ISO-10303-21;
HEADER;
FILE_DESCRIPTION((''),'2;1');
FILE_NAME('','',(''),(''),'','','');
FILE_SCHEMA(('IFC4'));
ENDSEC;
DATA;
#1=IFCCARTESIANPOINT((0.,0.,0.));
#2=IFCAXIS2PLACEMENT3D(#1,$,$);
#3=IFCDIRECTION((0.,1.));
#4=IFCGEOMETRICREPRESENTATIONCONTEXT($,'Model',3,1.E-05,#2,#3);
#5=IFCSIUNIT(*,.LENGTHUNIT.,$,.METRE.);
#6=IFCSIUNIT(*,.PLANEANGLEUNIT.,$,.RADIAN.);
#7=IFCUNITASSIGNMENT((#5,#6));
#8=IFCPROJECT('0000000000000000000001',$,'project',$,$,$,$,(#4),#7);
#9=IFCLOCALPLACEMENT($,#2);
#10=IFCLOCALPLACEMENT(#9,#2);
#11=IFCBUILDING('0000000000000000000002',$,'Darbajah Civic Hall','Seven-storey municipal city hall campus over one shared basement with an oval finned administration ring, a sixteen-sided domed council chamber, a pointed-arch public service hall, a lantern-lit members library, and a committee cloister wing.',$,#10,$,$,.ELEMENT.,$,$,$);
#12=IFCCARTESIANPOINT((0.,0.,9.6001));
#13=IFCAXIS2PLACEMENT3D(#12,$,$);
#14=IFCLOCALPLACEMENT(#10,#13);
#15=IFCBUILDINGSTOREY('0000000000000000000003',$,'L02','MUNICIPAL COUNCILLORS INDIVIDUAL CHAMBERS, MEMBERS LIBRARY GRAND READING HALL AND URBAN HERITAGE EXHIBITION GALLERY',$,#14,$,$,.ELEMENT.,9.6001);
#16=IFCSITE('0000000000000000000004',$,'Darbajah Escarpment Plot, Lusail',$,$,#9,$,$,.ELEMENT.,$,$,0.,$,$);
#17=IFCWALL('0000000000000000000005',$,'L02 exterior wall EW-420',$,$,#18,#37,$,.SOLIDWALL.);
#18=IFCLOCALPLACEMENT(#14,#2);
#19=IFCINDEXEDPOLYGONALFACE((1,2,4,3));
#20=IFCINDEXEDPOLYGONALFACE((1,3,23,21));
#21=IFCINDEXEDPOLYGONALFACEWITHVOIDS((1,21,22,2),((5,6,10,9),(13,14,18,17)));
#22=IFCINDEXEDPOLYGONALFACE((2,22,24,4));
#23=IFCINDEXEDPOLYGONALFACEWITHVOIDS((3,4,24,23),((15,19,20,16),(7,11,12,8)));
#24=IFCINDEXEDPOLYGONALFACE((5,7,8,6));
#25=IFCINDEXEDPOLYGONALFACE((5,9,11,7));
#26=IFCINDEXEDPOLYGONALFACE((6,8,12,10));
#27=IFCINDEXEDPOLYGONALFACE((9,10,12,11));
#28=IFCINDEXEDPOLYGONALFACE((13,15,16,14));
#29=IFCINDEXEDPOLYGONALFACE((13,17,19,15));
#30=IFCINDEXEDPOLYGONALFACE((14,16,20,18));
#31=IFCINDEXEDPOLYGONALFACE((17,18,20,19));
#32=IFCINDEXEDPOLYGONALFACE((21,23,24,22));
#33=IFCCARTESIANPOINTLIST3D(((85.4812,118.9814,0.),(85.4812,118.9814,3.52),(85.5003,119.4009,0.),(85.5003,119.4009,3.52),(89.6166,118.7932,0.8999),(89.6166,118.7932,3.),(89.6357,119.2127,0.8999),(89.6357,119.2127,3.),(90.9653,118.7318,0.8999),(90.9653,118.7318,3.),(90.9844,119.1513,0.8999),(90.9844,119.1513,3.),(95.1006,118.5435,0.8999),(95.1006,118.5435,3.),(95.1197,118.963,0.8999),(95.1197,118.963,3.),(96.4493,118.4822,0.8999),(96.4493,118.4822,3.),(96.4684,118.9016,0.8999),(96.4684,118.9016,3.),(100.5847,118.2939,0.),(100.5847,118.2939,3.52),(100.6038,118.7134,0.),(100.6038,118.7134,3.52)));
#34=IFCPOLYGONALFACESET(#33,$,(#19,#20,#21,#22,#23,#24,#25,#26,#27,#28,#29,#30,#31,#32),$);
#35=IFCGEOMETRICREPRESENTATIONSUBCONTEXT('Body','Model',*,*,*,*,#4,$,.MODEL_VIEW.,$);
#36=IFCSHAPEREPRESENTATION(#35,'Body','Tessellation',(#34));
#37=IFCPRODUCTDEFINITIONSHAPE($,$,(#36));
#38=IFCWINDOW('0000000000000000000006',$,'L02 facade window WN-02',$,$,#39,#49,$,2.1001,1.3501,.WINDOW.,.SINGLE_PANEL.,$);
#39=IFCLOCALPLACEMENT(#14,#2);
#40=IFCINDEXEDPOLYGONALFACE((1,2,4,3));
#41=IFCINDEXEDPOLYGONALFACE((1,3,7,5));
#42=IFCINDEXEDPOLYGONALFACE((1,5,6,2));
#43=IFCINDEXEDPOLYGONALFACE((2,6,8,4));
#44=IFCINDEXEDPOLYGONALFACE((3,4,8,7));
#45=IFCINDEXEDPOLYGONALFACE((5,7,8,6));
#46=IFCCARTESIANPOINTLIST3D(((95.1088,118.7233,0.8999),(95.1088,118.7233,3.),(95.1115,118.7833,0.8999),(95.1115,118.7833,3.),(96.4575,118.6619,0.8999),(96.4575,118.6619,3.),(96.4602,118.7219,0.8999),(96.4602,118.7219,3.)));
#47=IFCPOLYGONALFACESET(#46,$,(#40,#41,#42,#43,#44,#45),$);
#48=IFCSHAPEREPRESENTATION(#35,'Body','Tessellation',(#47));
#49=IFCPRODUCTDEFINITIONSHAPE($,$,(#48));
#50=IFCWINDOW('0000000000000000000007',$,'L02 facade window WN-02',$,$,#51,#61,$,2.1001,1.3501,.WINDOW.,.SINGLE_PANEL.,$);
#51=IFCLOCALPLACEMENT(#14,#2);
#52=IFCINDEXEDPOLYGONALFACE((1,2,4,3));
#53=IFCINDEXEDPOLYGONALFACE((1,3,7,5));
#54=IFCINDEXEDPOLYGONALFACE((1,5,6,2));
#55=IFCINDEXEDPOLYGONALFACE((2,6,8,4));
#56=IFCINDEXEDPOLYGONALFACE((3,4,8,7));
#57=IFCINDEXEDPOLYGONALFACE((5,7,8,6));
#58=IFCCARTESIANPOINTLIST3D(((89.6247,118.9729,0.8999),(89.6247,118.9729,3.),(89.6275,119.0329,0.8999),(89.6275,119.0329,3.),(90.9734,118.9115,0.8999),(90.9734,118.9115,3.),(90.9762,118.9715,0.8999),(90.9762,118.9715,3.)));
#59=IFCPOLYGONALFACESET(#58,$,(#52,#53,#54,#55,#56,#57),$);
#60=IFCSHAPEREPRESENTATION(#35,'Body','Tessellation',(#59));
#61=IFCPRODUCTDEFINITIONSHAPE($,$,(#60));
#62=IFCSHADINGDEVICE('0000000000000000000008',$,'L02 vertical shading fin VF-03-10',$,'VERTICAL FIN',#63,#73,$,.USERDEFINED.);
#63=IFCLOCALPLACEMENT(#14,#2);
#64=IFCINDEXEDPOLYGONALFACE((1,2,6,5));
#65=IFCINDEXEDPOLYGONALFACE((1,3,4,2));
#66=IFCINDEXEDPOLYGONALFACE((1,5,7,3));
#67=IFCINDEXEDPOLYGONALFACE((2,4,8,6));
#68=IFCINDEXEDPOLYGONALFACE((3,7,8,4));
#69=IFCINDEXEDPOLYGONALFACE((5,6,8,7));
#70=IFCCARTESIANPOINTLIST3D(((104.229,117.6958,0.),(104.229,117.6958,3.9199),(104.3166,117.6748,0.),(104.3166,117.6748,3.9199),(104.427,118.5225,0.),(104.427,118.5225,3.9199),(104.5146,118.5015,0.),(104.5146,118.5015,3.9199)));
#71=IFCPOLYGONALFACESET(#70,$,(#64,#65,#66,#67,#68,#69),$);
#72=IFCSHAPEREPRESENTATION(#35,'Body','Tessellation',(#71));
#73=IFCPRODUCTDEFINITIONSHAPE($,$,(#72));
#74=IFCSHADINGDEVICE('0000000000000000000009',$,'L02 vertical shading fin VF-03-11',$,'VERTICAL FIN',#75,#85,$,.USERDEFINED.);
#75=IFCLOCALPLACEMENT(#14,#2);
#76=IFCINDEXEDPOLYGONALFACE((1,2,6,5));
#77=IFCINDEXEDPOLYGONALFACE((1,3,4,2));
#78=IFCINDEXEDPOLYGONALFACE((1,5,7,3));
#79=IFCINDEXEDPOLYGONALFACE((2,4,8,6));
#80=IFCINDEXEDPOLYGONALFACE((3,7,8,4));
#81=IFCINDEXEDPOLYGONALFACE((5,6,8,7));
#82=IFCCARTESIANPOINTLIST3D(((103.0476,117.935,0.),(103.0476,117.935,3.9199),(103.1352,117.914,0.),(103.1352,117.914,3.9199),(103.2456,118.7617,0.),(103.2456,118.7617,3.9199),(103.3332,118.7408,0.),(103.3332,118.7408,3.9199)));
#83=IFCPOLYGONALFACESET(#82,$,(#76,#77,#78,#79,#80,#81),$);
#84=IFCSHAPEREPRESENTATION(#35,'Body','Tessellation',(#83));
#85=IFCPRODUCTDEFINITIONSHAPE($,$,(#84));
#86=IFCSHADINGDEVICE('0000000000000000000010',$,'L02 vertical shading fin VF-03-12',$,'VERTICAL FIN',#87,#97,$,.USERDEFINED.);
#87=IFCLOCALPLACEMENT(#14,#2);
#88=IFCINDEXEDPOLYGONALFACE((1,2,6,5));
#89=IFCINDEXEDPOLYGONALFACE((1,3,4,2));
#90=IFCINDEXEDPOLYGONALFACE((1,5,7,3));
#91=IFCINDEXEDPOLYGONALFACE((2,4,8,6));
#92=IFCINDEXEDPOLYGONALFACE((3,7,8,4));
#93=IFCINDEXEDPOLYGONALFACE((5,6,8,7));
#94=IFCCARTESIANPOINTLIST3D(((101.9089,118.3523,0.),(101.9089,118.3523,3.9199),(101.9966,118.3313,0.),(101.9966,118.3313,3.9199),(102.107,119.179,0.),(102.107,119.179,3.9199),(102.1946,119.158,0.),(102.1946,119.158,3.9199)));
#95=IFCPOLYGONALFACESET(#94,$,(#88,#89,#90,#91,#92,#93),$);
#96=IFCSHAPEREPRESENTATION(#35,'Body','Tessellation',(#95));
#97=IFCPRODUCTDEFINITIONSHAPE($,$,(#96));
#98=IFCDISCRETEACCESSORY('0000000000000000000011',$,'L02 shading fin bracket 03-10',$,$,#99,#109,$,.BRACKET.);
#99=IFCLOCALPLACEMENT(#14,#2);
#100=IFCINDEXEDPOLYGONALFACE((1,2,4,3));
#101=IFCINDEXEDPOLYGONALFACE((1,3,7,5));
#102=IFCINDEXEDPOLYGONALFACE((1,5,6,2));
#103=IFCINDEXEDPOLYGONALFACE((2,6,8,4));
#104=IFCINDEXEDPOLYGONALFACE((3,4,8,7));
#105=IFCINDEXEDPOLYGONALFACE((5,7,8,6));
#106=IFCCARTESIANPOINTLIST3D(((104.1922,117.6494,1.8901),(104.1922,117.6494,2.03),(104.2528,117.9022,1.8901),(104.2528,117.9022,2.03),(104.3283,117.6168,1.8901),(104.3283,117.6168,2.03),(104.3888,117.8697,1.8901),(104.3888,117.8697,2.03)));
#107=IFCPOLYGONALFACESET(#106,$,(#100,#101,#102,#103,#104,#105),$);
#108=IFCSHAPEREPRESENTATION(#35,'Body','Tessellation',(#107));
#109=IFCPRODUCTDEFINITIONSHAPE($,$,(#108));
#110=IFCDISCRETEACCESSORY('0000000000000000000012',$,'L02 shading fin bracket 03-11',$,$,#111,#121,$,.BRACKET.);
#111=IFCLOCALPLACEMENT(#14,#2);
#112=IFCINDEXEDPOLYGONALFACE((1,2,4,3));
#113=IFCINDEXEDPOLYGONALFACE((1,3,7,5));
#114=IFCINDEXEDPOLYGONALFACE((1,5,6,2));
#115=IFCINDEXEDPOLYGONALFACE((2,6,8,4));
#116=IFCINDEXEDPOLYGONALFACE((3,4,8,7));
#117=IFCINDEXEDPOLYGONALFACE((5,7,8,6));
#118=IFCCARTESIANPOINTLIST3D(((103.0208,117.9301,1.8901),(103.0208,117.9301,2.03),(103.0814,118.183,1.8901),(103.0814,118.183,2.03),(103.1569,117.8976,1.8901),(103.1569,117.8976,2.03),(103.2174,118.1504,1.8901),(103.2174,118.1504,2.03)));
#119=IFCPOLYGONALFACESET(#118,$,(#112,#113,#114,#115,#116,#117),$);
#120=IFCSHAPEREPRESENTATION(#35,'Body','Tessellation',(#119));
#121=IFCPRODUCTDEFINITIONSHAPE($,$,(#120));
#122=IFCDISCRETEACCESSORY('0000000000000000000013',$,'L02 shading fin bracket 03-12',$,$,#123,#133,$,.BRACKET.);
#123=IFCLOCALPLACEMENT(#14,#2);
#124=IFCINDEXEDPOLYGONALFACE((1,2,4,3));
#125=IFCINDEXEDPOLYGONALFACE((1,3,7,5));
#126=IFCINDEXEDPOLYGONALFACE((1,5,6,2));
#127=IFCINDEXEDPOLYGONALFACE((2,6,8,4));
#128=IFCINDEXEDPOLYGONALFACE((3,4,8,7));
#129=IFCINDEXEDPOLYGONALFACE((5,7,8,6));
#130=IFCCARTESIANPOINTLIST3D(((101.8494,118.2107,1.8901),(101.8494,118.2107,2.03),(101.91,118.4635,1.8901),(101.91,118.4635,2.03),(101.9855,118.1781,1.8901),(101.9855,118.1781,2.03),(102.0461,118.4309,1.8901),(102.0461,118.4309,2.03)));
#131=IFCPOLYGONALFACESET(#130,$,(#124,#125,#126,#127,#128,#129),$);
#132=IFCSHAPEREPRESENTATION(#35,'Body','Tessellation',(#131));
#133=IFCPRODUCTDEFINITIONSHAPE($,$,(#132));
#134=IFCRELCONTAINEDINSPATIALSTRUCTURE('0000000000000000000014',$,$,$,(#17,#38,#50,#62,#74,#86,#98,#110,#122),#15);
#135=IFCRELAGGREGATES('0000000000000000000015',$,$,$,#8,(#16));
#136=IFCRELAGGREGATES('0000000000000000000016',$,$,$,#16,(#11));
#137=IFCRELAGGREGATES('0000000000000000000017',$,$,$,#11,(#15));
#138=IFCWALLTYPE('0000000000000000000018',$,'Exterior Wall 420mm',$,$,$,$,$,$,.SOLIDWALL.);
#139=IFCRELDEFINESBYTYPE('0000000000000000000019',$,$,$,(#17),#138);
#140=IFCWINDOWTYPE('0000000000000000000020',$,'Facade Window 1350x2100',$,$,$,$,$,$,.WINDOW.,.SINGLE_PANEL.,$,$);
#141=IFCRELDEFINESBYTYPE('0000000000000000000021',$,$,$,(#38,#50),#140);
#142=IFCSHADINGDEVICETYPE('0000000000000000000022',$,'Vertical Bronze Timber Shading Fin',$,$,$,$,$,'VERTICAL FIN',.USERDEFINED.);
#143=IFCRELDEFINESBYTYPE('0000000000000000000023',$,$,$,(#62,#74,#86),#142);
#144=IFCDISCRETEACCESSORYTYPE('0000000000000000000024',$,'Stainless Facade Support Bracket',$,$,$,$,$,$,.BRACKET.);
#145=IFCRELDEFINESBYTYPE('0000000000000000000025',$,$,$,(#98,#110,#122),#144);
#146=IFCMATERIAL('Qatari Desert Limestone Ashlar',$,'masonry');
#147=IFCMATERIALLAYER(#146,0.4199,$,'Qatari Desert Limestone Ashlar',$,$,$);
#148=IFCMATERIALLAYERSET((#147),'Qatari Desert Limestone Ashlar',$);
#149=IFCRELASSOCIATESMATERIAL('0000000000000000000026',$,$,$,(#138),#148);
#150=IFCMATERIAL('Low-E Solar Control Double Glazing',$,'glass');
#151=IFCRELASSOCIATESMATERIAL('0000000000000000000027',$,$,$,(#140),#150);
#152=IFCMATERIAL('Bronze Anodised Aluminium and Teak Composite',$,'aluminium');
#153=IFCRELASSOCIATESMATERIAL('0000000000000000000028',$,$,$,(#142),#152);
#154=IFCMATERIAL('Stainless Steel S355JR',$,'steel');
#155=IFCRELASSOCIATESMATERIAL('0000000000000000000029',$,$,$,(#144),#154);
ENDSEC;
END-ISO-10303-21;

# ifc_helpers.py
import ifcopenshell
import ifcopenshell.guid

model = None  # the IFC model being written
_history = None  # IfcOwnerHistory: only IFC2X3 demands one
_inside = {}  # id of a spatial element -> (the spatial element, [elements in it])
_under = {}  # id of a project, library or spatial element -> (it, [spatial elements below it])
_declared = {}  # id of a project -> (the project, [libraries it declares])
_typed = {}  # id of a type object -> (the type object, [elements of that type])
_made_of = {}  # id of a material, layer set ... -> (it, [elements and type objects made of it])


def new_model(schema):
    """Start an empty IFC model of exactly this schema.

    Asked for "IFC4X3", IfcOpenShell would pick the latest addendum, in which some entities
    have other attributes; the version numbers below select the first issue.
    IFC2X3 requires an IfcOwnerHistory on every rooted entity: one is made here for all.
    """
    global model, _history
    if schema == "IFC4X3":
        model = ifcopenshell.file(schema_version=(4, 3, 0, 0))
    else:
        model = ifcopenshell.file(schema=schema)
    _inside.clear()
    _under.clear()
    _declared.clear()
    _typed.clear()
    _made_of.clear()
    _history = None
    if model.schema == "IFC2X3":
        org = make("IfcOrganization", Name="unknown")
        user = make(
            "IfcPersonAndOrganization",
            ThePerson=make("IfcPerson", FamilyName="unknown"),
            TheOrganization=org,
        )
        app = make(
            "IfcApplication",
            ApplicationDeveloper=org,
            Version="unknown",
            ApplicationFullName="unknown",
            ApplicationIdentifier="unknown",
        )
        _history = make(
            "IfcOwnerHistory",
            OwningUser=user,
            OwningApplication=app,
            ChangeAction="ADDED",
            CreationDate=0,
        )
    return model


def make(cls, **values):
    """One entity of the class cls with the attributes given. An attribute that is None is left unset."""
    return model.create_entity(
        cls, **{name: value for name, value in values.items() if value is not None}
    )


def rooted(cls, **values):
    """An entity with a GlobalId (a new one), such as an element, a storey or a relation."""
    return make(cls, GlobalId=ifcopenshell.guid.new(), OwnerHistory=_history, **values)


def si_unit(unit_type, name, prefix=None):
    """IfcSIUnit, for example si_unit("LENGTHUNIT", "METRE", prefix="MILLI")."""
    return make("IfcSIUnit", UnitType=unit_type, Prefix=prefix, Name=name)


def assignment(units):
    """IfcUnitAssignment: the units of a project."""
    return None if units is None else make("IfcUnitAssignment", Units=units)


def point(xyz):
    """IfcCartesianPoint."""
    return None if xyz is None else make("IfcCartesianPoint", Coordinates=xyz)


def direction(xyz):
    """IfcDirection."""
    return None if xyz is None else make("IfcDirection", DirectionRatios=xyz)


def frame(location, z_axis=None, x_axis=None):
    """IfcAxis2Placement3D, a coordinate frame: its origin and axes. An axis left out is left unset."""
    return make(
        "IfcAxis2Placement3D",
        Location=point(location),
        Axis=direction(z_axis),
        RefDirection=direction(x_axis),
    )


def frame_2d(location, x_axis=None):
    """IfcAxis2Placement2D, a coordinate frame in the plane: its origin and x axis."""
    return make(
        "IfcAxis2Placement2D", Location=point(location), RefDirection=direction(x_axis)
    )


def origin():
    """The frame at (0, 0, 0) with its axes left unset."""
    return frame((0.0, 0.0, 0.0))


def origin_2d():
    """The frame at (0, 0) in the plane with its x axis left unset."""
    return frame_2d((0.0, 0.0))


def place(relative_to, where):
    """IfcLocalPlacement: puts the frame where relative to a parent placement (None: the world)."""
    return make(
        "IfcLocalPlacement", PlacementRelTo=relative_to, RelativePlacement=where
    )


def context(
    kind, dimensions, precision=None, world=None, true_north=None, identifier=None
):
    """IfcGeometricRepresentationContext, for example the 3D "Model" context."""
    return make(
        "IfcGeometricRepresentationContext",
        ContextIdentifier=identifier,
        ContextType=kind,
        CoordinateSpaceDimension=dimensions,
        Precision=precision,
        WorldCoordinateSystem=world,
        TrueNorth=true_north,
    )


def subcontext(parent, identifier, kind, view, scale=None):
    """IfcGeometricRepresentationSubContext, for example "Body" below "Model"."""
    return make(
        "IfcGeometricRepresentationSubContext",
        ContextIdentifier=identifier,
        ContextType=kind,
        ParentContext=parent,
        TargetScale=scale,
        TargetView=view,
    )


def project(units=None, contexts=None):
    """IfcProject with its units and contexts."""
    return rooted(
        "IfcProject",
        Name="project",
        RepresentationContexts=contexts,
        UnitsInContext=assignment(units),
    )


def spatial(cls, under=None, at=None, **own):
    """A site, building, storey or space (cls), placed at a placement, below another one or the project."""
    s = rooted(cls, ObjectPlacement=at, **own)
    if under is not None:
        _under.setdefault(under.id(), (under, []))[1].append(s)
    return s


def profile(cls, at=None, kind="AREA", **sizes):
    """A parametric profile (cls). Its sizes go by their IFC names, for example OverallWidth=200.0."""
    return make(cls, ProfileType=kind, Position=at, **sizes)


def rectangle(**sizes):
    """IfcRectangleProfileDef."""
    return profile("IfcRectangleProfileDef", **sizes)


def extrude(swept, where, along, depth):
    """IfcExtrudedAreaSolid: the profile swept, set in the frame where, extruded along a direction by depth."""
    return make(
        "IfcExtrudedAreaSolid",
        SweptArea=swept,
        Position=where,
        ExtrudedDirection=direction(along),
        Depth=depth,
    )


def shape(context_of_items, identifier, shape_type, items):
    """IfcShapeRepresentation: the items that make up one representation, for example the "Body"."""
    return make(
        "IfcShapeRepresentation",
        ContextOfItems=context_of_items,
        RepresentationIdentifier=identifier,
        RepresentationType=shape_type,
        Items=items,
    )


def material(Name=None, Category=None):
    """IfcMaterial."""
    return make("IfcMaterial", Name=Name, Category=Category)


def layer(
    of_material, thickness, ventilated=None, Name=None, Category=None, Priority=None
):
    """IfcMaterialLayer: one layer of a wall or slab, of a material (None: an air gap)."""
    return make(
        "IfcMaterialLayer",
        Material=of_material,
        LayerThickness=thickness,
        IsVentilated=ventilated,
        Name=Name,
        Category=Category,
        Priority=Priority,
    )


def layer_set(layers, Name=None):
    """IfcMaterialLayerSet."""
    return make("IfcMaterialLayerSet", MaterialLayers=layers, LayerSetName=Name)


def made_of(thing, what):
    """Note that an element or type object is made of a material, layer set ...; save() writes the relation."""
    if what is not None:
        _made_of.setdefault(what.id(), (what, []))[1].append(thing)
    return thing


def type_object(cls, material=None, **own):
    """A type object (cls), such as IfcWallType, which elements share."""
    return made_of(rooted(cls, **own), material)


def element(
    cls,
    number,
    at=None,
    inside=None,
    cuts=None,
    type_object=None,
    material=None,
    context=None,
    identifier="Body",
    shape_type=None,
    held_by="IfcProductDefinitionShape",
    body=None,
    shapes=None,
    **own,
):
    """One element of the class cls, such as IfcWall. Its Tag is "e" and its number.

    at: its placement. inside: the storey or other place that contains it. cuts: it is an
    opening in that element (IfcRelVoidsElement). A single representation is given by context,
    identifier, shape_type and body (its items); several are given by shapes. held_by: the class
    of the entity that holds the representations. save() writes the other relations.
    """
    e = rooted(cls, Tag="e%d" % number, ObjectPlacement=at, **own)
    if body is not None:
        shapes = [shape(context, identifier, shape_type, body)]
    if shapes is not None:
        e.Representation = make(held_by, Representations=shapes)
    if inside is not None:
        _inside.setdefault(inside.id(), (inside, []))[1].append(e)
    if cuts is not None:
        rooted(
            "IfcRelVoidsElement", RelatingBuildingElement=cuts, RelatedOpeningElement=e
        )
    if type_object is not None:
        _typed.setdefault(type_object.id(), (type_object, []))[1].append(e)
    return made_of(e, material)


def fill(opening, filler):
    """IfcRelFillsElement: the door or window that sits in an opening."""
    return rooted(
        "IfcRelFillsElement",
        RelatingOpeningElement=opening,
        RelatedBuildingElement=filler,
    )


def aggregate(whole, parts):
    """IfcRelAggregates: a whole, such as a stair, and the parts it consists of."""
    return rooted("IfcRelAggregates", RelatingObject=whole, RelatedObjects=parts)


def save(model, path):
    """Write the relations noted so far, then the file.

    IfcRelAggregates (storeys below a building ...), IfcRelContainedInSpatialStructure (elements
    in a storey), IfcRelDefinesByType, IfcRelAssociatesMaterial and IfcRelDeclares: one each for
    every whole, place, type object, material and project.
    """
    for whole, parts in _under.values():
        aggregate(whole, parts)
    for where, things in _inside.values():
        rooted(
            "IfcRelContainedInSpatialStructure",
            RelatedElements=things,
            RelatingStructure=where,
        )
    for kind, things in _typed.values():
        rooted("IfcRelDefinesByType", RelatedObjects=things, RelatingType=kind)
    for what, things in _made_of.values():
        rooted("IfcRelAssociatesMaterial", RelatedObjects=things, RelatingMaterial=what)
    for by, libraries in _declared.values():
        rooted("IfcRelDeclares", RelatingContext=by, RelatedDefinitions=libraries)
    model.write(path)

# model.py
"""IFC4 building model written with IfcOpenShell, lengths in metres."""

from ifc_helpers import new_model, si_unit, direction, frame, frame_2d, origin, origin_2d, place, context, subcontext, project, spatial, rectangle, extrude, material, layer, layer_set, type_object, element, fill, save


model = new_model("IFC4")

# Units and contexts
model_context = context("Model", 3, precision=1e-05, world=origin(), true_north=direction((0.0, 1.0)))
body_context = subcontext(model_context, "Body", "Model", "MODEL_VIEW")
ifc_project = project(units=[si_unit("LENGTHUNIT", "METRE"), si_unit("PLANEANGLEUNIT", "RADIAN")], contexts=[model_context])

# Site, building, storey
site_placement = place(None, origin())
site = spatial("IfcSite", under=ifc_project, at=site_placement, Name="Darbajah Escarpment Plot, Lusail", CompositionType="ELEMENT", RefElevation=0.0)
building_placement = place(site_placement, origin())
building = spatial("IfcBuilding", under=site, at=building_placement, Name="Darbajah Civic Hall", Description="Seven-storey municipal city hall campus over one shared basement with an oval finned administration ring, a sixteen-sided domed council chamber, a pointed-arch public service hall, a lantern-lit members library, and a committee cloister wing.", CompositionType="ELEMENT")
storey_placement = place(building_placement, frame((0.0, 0.0, 9.6001)))
storey = spatial("IfcBuildingStorey", under=building, at=storey_placement, Name="L02", Description="MUNICIPAL COUNCILLORS INDIVIDUAL CHAMBERS, MEMBERS LIBRARY GRAND READING HALL AND URBAN HERITAGE EXHIBITION GALLERY", CompositionType="ELEMENT", Elevation=9.6001)

# Shared definitions
ifc_material_1 = material(Name="Low-E Solar Control Double Glazing", Category="glass")

# Wall, openings, windows
ifc_material_2 = material(Name="Qatari Desert Limestone Ashlar", Category="masonry")
ifc_layer_1 = layer(ifc_material_2, 0.4199, Name="Qatari Desert Limestone Ashlar")
ifc_layer_set_1 = layer_set([ifc_layer_1], Name="Qatari Desert Limestone Ashlar")
wall_type = type_object("IfcWallType", Name="Exterior Wall 420mm", PredefinedType="SOLIDWALL", material=ifc_layer_set_1)
wall_placement = place(storey_placement, frame((100.5942, 118.5037, 0.0), z_axis=(0.0, 0.0, 1.0), x_axis=(-0.998966, 0.045472, 0.0)))
wall = element("IfcWall", 1, at=wall_placement, inside=storey, type_object=wall_type, Name="L02 exterior wall EW-420", PredefinedType="SOLIDWALL", context=body_context, shape_type="SweptSolid", body=[
    extrude(rectangle(XDim=15.1191, YDim=0.4199, at=frame_2d((7.5596, 0.0))), origin(), (0.0, 0.0, 1.0), 3.52),
])
opening_1_placement = place(wall_placement, frame((4.1396, 0.0, 0.8999)))
opening_1 = element("IfcOpeningElement", 2, at=opening_1_placement, cuts=wall, PredefinedType="OPENING", context=body_context, shape_type="SweptSolid", body=[
    extrude(rectangle(XDim=1.3501, YDim=2.1001, at=frame_2d((0.675, 1.05))), frame((0.0, 0.22, 0.0), z_axis=(0.0, -1.0, 0.0), x_axis=(1.0, 0.0, 0.0)), (0.0, 0.0, 1.0), 0.4399),
])
opening_2_placement = place(wall_placement, frame((9.6294, 0.0, 0.8999)))
opening_2 = element("IfcOpeningElement", 3, at=opening_2_placement, cuts=wall, PredefinedType="OPENING", context=body_context, shape_type="SweptSolid", body=[
    extrude(rectangle(XDim=1.3501, YDim=2.1001, at=frame_2d((0.675, 1.05))), frame((0.0, 0.22, 0.0), z_axis=(0.0, -1.0, 0.0), x_axis=(1.0, 0.0, 0.0)), (0.0, 0.0, 1.0), 0.4399),
])
window_type = type_object("IfcWindowType", Name="Facade Window 1350x2100", PartitioningType="SINGLE_PANEL", PredefinedType="WINDOW", material=ifc_material_1)
window_1_placement = place(opening_1_placement, origin())
window_1 = element("IfcWindow", 4, at=window_1_placement, inside=storey, type_object=window_type, Name="L02 facade window WN-02", OverallHeight=2.1001, OverallWidth=1.3501, PartitioningType="SINGLE_PANEL", PredefinedType="WINDOW", context=body_context, shape_type="SweptSolid", body=[
    extrude(rectangle(XDim=1.3501, YDim=2.1001, at=frame_2d((0.675, 1.05))), frame((0.0, 0.03, 0.0), z_axis=(0.0, -1.0, 0.0), x_axis=(1.0, 0.0, 0.0)), (0.0, 0.0, 1.0), 0.0601),
])
fill(opening_1, window_1)
window_2_placement = place(opening_2_placement, origin())
window_2 = element("IfcWindow", 5, at=window_2_placement, inside=storey, type_object=window_type, Name="L02 facade window WN-02", OverallHeight=2.1001, OverallWidth=1.3501, PartitioningType="SINGLE_PANEL", PredefinedType="WINDOW", context=body_context, shape_type="SweptSolid", body=[
    extrude(rectangle(XDim=1.3501, YDim=2.1001, at=frame_2d((0.675, 1.05))), frame((0.0, 0.03, 0.0), z_axis=(0.0, -1.0, 0.0), x_axis=(1.0, 0.0, 0.0)), (0.0, 0.0, 1.0), 0.0601),
])
fill(opening_2, window_2)

# Shading devices
ifc_material_3 = material(Name="Bronze Anodised Aluminium and Teak Composite", Category="aluminium")
shading_device_type = type_object("IfcShadingDeviceType", Name="Vertical Bronze Timber Shading Fin", ElementType="VERTICAL FIN", PredefinedType="USERDEFINED", material=ifc_material_3)
for number, where, z_axis, x_axis, name in (
    (6, (104.3718, 118.0986, 0.0), (0.0, 0.0, 1.0), (0.232936, 0.972492, 0.0), "L02 vertical shading fin VF-03-10"),
    (7, (103.1904, 118.3379, 0.0), (0.0, 0.0, 1.0), (0.232936, 0.972492, 0.0), "L02 vertical shading fin VF-03-11"),
    (8, (102.0518, 118.7551, 0.0), (0.0, 0.0, 1.0), (0.232936, 0.972492, 0.0), "L02 vertical shading fin VF-03-12"),
):
    element("IfcShadingDevice", number, at=place(storey_placement, frame(where, z_axis=z_axis, x_axis=x_axis)), inside=storey, type_object=shading_device_type, Name=name, ObjectType="VERTICAL FIN", PredefinedType="USERDEFINED", context=body_context, shape_type="SweptSolid", body=[
        extrude(rectangle(XDim=0.8501, YDim=0.0901, at=origin_2d()), origin(), (0.0, 0.0, 1.0), 3.9199),
    ])

# Discrete accessories
ifc_material_4 = material(Name="Stainless Steel S355JR", Category="steel")
discrete_accessory_type = type_object("IfcDiscreteAccessoryType", Name="Stainless Facade Support Bracket", PredefinedType="BRACKET", material=ifc_material_4)
for number, where, z_axis, x_axis, name in (
    (9, (104.2905, 117.7595, 1.8901), (0.0, 0.0, 1.0), (0.232936, 0.972492, 0.0), "L02 shading fin bracket 03-10"),
    (10, (103.1191, 118.0403, 1.8901), (0.0, 0.0, 1.0), (0.232936, 0.972492, 0.0), "L02 shading fin bracket 03-11"),
    (11, (101.9478, 118.3208, 1.8901), (0.0, 0.0, 1.0), (0.232936, 0.972492, 0.0), "L02 shading fin bracket 03-12"),
):
    element("IfcDiscreteAccessory", number, at=place(storey_placement, frame(where, z_axis=z_axis, x_axis=x_axis)), inside=storey, type_object=discrete_accessory_type, Name=name, PredefinedType="BRACKET", context=body_context, shape_type="SweptSolid", body=[
        extrude(rectangle(XDim=0.26, YDim=0.1399, at=origin_2d()), origin(), (0.0, 0.0, 1.0), 0.1399),
    ])

save(model, "model.ifc")
